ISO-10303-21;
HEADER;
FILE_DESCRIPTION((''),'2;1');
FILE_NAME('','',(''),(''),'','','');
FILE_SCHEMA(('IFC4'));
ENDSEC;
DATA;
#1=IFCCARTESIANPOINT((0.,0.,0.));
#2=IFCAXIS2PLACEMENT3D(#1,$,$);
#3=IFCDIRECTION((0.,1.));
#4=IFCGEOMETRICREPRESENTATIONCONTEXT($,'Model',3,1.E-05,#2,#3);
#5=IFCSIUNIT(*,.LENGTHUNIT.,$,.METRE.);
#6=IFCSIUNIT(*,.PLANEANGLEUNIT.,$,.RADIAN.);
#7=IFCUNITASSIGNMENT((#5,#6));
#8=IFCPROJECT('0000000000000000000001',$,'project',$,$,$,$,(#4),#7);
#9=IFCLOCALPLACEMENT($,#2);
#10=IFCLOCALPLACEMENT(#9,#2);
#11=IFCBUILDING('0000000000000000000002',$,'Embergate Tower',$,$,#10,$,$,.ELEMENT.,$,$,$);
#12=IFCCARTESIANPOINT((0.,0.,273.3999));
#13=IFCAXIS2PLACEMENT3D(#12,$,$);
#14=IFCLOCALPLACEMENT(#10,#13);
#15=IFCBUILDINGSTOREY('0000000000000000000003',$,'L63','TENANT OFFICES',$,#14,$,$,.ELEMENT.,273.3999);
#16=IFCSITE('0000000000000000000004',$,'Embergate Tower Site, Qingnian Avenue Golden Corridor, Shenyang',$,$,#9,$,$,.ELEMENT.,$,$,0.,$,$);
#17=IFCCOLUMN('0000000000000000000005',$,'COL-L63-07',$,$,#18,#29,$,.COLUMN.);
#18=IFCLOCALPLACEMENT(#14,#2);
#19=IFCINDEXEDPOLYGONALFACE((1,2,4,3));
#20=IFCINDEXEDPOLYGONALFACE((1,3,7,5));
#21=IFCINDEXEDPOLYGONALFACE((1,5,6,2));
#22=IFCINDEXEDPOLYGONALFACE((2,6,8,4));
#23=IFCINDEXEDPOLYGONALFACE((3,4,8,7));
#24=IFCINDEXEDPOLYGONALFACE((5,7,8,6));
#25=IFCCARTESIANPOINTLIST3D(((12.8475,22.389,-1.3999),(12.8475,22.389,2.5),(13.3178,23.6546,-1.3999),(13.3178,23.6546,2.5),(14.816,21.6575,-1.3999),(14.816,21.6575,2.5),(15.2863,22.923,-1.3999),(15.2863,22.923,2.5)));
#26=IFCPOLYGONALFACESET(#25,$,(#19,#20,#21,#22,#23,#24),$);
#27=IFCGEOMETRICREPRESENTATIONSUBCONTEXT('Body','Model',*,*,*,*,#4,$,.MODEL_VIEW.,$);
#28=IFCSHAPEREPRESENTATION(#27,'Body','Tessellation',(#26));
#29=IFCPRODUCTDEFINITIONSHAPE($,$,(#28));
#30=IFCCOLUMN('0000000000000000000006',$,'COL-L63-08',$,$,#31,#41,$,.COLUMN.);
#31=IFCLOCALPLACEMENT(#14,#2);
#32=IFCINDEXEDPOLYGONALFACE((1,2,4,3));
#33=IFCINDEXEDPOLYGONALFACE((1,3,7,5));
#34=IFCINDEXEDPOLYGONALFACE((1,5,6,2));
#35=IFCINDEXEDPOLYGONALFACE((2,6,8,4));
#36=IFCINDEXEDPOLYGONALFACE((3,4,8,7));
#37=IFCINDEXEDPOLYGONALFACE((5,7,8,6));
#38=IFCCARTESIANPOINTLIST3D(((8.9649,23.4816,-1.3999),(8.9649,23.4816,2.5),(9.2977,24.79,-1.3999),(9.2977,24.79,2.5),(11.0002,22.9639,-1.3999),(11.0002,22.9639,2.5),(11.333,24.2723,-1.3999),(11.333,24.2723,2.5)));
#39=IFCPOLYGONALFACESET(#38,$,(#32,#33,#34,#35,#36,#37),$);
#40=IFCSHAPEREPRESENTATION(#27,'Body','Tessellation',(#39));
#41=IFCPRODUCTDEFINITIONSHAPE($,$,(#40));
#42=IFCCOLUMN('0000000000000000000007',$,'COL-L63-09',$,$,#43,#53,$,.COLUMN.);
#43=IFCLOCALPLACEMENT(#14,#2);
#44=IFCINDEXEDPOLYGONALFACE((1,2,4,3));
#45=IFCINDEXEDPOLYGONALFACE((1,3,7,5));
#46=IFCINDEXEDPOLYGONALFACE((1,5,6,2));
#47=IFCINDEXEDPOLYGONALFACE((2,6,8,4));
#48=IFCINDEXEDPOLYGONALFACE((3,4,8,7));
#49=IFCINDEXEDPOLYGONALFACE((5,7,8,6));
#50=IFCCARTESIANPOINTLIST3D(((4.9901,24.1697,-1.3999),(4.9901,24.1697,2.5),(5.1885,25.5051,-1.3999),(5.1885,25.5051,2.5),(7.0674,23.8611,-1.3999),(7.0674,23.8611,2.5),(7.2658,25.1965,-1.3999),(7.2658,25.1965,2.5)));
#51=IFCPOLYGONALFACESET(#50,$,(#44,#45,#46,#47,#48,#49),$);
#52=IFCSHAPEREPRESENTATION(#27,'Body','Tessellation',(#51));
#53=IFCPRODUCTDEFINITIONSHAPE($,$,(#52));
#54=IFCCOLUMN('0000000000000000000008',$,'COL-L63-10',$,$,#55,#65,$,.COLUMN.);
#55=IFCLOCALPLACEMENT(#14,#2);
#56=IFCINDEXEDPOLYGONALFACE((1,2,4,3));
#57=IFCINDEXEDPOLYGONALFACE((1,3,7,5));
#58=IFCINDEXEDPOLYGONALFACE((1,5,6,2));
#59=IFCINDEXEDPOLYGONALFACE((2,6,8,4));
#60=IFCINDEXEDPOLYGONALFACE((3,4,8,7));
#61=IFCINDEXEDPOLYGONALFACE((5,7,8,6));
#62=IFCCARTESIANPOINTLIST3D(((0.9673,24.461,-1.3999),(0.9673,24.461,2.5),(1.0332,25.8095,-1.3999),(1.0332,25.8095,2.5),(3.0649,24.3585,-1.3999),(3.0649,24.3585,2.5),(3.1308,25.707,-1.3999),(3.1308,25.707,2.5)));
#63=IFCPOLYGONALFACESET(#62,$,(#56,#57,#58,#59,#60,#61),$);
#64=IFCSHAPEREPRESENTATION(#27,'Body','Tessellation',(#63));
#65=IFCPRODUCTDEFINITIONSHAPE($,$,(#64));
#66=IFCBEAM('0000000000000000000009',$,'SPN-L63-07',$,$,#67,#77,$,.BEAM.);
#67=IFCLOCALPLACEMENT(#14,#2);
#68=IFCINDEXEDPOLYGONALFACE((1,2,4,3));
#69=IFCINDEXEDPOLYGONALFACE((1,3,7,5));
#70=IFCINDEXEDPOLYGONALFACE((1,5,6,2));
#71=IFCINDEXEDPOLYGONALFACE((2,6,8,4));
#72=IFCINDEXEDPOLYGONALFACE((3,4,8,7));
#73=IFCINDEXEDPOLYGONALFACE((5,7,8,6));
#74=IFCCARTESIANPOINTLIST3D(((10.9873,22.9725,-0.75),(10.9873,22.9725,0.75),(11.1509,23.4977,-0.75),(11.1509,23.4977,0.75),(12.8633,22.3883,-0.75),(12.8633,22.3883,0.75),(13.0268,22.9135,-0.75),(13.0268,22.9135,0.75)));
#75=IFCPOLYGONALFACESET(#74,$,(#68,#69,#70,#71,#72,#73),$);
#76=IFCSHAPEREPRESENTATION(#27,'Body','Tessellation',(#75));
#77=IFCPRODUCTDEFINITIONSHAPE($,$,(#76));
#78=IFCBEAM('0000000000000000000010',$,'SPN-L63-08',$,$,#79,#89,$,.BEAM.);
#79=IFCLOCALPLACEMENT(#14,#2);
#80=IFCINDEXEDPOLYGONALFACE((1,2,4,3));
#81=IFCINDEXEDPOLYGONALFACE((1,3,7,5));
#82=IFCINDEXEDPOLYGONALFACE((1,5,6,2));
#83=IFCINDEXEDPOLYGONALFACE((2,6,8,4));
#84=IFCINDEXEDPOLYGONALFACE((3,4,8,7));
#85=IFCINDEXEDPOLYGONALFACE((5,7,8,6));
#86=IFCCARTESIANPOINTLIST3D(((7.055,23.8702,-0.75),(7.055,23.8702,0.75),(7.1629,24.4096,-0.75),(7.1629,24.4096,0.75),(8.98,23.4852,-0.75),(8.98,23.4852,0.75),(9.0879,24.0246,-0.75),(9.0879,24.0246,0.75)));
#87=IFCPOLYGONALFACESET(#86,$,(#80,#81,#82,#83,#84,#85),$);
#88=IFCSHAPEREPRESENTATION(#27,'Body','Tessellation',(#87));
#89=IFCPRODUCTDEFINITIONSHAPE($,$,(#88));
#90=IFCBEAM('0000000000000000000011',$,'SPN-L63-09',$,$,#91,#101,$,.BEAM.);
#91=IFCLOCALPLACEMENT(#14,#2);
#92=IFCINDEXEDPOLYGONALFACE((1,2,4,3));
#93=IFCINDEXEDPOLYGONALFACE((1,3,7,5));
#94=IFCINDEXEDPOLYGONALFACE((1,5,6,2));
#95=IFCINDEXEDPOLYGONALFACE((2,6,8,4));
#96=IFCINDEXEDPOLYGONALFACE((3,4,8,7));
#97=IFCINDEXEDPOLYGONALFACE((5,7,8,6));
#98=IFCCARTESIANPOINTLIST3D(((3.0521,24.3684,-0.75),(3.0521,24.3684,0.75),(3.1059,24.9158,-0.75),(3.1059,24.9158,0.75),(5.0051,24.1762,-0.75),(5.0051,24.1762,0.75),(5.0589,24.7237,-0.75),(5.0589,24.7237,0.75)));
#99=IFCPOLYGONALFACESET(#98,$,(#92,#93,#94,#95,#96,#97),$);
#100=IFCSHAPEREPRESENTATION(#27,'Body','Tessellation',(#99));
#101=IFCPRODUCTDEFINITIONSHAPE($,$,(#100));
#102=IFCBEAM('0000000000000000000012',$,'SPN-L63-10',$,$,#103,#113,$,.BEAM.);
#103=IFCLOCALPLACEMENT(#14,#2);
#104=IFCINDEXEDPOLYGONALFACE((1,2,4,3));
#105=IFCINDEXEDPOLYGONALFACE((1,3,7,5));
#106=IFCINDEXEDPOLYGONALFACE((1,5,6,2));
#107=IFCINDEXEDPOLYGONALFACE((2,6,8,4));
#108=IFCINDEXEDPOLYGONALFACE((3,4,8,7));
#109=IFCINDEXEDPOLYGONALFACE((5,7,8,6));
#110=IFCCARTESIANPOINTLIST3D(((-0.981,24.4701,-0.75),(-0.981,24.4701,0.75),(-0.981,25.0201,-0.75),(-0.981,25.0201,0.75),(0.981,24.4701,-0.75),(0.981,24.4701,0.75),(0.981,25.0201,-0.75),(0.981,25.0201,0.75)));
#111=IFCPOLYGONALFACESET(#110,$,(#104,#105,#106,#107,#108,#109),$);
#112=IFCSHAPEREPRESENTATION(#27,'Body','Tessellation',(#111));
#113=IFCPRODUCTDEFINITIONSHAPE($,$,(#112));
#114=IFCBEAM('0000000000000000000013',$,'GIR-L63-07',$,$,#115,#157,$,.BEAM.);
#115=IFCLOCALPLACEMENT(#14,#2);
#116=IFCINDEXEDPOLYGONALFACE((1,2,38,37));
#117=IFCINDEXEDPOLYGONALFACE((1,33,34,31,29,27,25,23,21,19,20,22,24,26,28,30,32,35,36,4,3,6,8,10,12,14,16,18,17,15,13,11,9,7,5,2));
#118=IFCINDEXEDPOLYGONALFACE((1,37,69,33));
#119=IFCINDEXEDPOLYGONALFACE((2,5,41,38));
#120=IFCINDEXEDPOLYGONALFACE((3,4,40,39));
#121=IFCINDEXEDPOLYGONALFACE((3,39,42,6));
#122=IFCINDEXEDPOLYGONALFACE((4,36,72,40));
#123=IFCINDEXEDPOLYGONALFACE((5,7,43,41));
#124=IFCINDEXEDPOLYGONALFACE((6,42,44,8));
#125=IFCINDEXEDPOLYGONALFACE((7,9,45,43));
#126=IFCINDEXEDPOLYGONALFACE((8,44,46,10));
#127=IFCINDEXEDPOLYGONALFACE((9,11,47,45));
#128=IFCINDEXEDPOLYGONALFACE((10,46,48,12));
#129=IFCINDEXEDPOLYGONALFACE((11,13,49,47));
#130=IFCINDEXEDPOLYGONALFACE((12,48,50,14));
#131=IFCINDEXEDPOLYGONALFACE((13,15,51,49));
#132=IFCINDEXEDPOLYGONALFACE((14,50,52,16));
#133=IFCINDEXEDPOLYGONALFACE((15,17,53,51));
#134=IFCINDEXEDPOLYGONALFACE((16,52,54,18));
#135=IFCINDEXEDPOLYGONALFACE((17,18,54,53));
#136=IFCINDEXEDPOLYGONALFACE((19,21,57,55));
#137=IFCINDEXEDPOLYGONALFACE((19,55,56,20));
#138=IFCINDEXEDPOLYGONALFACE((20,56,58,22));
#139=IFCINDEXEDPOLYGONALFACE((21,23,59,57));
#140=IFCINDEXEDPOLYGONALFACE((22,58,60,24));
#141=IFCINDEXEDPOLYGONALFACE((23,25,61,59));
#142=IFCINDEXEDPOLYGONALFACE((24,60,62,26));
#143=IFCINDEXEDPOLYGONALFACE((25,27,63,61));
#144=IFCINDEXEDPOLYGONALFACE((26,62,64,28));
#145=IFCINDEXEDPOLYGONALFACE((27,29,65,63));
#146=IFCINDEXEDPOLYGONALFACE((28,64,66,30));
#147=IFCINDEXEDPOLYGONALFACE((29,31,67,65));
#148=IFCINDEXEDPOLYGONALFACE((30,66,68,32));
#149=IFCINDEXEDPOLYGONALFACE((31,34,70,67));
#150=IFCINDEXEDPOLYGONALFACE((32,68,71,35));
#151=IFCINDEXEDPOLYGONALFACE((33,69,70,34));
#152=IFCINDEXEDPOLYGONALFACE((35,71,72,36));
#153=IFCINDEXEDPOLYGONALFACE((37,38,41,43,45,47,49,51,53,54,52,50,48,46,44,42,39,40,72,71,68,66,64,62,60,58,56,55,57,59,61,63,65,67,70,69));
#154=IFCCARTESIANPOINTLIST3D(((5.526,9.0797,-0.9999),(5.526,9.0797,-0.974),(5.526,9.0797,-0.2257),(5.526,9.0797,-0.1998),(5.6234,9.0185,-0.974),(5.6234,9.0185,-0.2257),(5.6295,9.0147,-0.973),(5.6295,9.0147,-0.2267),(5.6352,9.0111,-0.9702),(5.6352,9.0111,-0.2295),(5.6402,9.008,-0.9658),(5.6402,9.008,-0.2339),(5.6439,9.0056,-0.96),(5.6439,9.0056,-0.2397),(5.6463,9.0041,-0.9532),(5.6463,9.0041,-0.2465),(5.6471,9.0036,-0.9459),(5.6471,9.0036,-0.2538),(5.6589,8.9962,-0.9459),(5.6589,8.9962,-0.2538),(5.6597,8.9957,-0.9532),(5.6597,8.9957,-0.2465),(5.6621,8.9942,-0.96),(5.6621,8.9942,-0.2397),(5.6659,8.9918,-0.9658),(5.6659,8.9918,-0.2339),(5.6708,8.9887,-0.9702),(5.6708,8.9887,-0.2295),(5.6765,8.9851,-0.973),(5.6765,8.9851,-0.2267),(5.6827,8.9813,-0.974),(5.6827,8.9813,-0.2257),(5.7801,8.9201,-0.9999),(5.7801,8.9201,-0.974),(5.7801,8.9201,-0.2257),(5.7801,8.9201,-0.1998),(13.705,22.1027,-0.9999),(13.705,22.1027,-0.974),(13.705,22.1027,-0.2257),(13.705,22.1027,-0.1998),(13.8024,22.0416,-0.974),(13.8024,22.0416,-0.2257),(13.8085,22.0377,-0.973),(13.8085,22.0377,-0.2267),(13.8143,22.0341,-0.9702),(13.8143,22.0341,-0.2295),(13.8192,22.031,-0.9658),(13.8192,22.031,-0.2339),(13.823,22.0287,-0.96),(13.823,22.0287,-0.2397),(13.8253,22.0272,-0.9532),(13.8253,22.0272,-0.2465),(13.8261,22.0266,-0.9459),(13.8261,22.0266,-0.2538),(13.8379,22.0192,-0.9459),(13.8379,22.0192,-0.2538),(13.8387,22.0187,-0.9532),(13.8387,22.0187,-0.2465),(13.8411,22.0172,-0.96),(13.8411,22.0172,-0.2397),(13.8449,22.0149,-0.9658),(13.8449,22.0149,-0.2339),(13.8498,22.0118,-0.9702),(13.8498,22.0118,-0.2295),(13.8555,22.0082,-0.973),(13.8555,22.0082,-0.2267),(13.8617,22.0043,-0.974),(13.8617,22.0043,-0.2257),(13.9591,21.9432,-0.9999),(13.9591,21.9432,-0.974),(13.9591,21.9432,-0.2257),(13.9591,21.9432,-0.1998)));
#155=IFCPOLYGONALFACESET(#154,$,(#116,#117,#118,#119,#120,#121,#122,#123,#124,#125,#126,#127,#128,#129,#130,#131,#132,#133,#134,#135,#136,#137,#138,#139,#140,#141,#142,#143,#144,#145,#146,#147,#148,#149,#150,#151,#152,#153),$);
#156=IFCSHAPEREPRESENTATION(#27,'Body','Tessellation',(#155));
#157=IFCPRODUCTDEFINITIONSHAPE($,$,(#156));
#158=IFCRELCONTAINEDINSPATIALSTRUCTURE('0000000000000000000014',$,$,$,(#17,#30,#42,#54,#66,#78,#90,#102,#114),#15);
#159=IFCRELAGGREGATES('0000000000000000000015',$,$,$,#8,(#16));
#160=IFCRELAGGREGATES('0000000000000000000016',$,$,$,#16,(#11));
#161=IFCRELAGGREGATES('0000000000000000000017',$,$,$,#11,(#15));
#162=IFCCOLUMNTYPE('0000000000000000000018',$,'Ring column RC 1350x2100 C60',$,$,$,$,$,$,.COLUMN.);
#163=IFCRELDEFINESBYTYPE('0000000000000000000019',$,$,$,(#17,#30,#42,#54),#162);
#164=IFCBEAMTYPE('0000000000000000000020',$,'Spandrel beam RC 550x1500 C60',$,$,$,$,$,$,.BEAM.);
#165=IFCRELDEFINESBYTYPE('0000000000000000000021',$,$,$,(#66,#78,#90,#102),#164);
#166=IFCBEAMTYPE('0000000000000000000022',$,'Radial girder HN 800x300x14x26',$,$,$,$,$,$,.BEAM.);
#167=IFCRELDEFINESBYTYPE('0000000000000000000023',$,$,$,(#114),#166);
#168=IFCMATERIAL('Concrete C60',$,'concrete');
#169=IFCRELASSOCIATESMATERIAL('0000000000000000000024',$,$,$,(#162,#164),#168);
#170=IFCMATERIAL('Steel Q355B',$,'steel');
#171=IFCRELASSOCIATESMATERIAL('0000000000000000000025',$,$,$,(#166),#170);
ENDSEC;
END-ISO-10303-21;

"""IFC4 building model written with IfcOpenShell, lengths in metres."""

from ifc_helpers import new_model, si_unit, direction, frame, origin, origin_2d, place, context, subcontext, project, spatial, rectangle, i_section, extrude, source, transform, mapped, material, material_profile, profile_set, type_object, element, save


model = new_model("IFC4")

# Units and contexts
model_context = context("Model", 3, precision=1e-05, world=origin(), true_north=direction((0.0, 1.0)))
body_context = subcontext(model_context, "Body", "Model", "MODEL_VIEW")
ifc_project = project(units=[si_unit("LENGTHUNIT", "METRE"), si_unit("PLANEANGLEUNIT", "RADIAN")], contexts=[model_context])

# Site, building, storey
site_placement = place(None, origin())
site = spatial("IfcSite", under=ifc_project, at=site_placement, Name="Embergate Tower Site, Qingnian Avenue Golden Corridor, Shenyang", CompositionType="ELEMENT", RefElevation=0.0)
building_placement = place(site_placement, origin())
building = spatial("IfcBuilding", under=site, at=building_placement, Name="Embergate Tower", CompositionType="ELEMENT")
storey_placement = place(building_placement, frame((0.0, 0.0, 273.3999)))
storey = spatial("IfcBuildingStorey", under=building, at=storey_placement, Name="L63", Description="TENANT OFFICES", CompositionType="ELEMENT", Elevation=273.3999)

# Columns
ifc_material_1 = material(Name="Concrete C60", Category="concrete")
ifc_material_profile_1 = material_profile(ifc_material_1, rectangle(XDim=1.3501, YDim=2.1001, at=origin_2d()), Name="RC 1350x2100")
ifc_profile_set_1 = profile_set([ifc_material_profile_1], Name="Concrete C60")
column_type = type_object("IfcColumnType", Name="Ring column RC 1350x2100 C60", PredefinedType="COLUMN", material=ifc_profile_set_1)
shared_shape_1 = source(origin(), body_context, "Body", "SweptSolid", [
    extrude(rectangle(XDim=1.3501, YDim=2.1001, at=origin_2d()), origin(), (0.0, 0.0, 1.0), 3.8999),
])
for number, where, z_axis, x_axis, name in (
    (1, (14.0669, 22.656, -1.3999), (0.0, 0.0, 1.0), (0.348343, 0.937367, 0.0), "COL-L63-07"),
    (2, (10.1489, 23.877, -1.3999), (0.0, 0.0, 1.0), (0.246492, 0.969145, 0.0), "COL-L63-08"),
    (3, (6.1279, 24.6831, -1.3999), (0.0, 0.0, 1.0), (0.146929, 0.989147, 0.0), "COL-L63-09"),
    (4, (2.0491, 25.084, -1.3999), (0.0, 0.0, 1.0), (0.048815, 0.998808, 0.0), "COL-L63-10"),
):
    element("IfcColumn", number, at=place(storey_placement, frame(where, z_axis=z_axis, x_axis=x_axis)), inside=storey, type_object=column_type, Name=name, PredefinedType="COLUMN", context=body_context, shape_type="MappedRepresentation", body=[
        mapped(shared_shape_1, transform((0.0, 0.0, 0.0))),
    ])

# Beams
ifc_material_profile_2 = material_profile(ifc_material_1, rectangle(XDim=0.55, YDim=1.5, at=origin_2d()), Name="RC 550x1500")
ifc_profile_set_2 = profile_set([ifc_material_profile_2], Name="Concrete C60")
beam_type_1 = type_object("IfcBeamType", Name="Spandrel beam RC 550x1500 C60", PredefinedType="BEAM", material=ifc_profile_set_2)
shared_shape_2 = source(origin(), body_context, "Body", "SweptSolid", [
    extrude(rectangle(XDim=0.55, YDim=1.5, at=origin_2d()), origin(), (0.0, 0.0, 1.0), 1.9648),
])
beam_1_placement = place(storey_placement, frame((12.9451, 22.6509, 0.0), z_axis=(-0.954771, 0.297341, 0.0), x_axis=(-0.297341, -0.954771, 0.0)))
element("IfcBeam", 5, at=beam_1_placement, inside=storey, type_object=beam_type_1, Name="SPN-L63-07", PredefinedType="BEAM", context=body_context, shape_type="MappedRepresentation", body=[
    mapped(shared_shape_2, transform((0.0, 0.0, 0.0))),
])
shared_shape_3 = source(origin(), body_context, "Body", "SweptSolid", [
    extrude(rectangle(XDim=0.55, YDim=1.5, at=origin_2d()), origin(), (0.0, 0.0, 1.0), 1.9631),
])
beam_2_placement = place(storey_placement, frame((9.0339, 23.7549, 0.0), z_axis=(-0.980581, 0.196116, 0.0), x_axis=(-0.196116, -0.980581, 0.0)))
element("IfcBeam", 6, at=beam_2_placement, inside=storey, type_object=beam_type_1, Name="SPN-L63-08", PredefinedType="BEAM", context=body_context, shape_type="MappedRepresentation", body=[
    mapped(shared_shape_3, transform((0.0, 0.0, 0.0))),
])
shared_shape_4 = source(origin(), body_context, "Body", "SweptSolid", [
    extrude(rectangle(XDim=0.55, YDim=1.5, at=origin_2d()), origin(), (0.0, 0.0, 1.0), 1.9624),
])
beam_3_placement = place(storey_placement, frame((5.032, 24.45, 0.0), z_axis=(-0.995195, 0.097915, 0.0), x_axis=(-0.097915, -0.995195, 0.0)))
element("IfcBeam", 7, at=beam_3_placement, inside=storey, type_object=beam_type_1, Name="SPN-L63-09", PredefinedType="BEAM", context=body_context, shape_type="MappedRepresentation", body=[
    mapped(shared_shape_4, transform((0.0, 0.0, 0.0))),
])
shared_shape_5 = source(origin(), body_context, "Body", "SweptSolid", [
    extrude(rectangle(XDim=0.55, YDim=1.5, at=origin_2d()), origin(), (0.0, 0.0, 1.0), 1.9619),
])
beam_4_placement = place(storey_placement, frame((0.981, 24.7451, 0.0), z_axis=(-1.0, 0.0, 0.0), x_axis=(0.0, -1.0, 0.0)))
element("IfcBeam", 8, at=beam_4_placement, inside=storey, type_object=beam_type_1, Name="SPN-L63-10", PredefinedType="BEAM", context=body_context, shape_type="MappedRepresentation", body=[
    mapped(shared_shape_5, transform((0.0, 0.0, 0.0))),
])
ifc_material_2 = material(Name="Steel Q355B", Category="steel")
ifc_material_profile_3 = material_profile(ifc_material_2, i_section(OverallWidth=0.3, OverallDepth=0.8, WebThickness=0.0139, FlangeThickness=0.0259, FilletRadius=0.0281, at=origin_2d()), Name="HN 800x300x14x26")
ifc_profile_set_3 = profile_set([ifc_material_profile_3], Name="Steel Q355 grade B")
beam_type_2 = type_object("IfcBeamType", Name="Radial girder HN 800x300x14x26", PredefinedType="BEAM", material=ifc_profile_set_3)
shared_shape_6 = source(origin(), body_context, "Body", "SweptSolid", [
    extrude(i_section(OverallWidth=0.3, OverallDepth=0.8, WebThickness=0.0139, FlangeThickness=0.0259, FilletRadius=0.0281, at=origin_2d()), origin(), (0.0, 0.0, 1.0), 15.3784),
])
beam_5_placement = place(storey_placement, frame((13.832, 22.0229, -0.5999), z_axis=(-0.53185, -0.846839, 0.0), x_axis=(0.846839, -0.53185, 0.0)))
element("IfcBeam", 9, at=beam_5_placement, inside=storey, type_object=beam_type_2, Name="GIR-L63-07", PredefinedType="BEAM", context=body_context, shape_type="MappedRepresentation", body=[
    mapped(shared_shape_6, transform((0.0, 0.0, 0.0))),
])

save(model, "model.ifc")
